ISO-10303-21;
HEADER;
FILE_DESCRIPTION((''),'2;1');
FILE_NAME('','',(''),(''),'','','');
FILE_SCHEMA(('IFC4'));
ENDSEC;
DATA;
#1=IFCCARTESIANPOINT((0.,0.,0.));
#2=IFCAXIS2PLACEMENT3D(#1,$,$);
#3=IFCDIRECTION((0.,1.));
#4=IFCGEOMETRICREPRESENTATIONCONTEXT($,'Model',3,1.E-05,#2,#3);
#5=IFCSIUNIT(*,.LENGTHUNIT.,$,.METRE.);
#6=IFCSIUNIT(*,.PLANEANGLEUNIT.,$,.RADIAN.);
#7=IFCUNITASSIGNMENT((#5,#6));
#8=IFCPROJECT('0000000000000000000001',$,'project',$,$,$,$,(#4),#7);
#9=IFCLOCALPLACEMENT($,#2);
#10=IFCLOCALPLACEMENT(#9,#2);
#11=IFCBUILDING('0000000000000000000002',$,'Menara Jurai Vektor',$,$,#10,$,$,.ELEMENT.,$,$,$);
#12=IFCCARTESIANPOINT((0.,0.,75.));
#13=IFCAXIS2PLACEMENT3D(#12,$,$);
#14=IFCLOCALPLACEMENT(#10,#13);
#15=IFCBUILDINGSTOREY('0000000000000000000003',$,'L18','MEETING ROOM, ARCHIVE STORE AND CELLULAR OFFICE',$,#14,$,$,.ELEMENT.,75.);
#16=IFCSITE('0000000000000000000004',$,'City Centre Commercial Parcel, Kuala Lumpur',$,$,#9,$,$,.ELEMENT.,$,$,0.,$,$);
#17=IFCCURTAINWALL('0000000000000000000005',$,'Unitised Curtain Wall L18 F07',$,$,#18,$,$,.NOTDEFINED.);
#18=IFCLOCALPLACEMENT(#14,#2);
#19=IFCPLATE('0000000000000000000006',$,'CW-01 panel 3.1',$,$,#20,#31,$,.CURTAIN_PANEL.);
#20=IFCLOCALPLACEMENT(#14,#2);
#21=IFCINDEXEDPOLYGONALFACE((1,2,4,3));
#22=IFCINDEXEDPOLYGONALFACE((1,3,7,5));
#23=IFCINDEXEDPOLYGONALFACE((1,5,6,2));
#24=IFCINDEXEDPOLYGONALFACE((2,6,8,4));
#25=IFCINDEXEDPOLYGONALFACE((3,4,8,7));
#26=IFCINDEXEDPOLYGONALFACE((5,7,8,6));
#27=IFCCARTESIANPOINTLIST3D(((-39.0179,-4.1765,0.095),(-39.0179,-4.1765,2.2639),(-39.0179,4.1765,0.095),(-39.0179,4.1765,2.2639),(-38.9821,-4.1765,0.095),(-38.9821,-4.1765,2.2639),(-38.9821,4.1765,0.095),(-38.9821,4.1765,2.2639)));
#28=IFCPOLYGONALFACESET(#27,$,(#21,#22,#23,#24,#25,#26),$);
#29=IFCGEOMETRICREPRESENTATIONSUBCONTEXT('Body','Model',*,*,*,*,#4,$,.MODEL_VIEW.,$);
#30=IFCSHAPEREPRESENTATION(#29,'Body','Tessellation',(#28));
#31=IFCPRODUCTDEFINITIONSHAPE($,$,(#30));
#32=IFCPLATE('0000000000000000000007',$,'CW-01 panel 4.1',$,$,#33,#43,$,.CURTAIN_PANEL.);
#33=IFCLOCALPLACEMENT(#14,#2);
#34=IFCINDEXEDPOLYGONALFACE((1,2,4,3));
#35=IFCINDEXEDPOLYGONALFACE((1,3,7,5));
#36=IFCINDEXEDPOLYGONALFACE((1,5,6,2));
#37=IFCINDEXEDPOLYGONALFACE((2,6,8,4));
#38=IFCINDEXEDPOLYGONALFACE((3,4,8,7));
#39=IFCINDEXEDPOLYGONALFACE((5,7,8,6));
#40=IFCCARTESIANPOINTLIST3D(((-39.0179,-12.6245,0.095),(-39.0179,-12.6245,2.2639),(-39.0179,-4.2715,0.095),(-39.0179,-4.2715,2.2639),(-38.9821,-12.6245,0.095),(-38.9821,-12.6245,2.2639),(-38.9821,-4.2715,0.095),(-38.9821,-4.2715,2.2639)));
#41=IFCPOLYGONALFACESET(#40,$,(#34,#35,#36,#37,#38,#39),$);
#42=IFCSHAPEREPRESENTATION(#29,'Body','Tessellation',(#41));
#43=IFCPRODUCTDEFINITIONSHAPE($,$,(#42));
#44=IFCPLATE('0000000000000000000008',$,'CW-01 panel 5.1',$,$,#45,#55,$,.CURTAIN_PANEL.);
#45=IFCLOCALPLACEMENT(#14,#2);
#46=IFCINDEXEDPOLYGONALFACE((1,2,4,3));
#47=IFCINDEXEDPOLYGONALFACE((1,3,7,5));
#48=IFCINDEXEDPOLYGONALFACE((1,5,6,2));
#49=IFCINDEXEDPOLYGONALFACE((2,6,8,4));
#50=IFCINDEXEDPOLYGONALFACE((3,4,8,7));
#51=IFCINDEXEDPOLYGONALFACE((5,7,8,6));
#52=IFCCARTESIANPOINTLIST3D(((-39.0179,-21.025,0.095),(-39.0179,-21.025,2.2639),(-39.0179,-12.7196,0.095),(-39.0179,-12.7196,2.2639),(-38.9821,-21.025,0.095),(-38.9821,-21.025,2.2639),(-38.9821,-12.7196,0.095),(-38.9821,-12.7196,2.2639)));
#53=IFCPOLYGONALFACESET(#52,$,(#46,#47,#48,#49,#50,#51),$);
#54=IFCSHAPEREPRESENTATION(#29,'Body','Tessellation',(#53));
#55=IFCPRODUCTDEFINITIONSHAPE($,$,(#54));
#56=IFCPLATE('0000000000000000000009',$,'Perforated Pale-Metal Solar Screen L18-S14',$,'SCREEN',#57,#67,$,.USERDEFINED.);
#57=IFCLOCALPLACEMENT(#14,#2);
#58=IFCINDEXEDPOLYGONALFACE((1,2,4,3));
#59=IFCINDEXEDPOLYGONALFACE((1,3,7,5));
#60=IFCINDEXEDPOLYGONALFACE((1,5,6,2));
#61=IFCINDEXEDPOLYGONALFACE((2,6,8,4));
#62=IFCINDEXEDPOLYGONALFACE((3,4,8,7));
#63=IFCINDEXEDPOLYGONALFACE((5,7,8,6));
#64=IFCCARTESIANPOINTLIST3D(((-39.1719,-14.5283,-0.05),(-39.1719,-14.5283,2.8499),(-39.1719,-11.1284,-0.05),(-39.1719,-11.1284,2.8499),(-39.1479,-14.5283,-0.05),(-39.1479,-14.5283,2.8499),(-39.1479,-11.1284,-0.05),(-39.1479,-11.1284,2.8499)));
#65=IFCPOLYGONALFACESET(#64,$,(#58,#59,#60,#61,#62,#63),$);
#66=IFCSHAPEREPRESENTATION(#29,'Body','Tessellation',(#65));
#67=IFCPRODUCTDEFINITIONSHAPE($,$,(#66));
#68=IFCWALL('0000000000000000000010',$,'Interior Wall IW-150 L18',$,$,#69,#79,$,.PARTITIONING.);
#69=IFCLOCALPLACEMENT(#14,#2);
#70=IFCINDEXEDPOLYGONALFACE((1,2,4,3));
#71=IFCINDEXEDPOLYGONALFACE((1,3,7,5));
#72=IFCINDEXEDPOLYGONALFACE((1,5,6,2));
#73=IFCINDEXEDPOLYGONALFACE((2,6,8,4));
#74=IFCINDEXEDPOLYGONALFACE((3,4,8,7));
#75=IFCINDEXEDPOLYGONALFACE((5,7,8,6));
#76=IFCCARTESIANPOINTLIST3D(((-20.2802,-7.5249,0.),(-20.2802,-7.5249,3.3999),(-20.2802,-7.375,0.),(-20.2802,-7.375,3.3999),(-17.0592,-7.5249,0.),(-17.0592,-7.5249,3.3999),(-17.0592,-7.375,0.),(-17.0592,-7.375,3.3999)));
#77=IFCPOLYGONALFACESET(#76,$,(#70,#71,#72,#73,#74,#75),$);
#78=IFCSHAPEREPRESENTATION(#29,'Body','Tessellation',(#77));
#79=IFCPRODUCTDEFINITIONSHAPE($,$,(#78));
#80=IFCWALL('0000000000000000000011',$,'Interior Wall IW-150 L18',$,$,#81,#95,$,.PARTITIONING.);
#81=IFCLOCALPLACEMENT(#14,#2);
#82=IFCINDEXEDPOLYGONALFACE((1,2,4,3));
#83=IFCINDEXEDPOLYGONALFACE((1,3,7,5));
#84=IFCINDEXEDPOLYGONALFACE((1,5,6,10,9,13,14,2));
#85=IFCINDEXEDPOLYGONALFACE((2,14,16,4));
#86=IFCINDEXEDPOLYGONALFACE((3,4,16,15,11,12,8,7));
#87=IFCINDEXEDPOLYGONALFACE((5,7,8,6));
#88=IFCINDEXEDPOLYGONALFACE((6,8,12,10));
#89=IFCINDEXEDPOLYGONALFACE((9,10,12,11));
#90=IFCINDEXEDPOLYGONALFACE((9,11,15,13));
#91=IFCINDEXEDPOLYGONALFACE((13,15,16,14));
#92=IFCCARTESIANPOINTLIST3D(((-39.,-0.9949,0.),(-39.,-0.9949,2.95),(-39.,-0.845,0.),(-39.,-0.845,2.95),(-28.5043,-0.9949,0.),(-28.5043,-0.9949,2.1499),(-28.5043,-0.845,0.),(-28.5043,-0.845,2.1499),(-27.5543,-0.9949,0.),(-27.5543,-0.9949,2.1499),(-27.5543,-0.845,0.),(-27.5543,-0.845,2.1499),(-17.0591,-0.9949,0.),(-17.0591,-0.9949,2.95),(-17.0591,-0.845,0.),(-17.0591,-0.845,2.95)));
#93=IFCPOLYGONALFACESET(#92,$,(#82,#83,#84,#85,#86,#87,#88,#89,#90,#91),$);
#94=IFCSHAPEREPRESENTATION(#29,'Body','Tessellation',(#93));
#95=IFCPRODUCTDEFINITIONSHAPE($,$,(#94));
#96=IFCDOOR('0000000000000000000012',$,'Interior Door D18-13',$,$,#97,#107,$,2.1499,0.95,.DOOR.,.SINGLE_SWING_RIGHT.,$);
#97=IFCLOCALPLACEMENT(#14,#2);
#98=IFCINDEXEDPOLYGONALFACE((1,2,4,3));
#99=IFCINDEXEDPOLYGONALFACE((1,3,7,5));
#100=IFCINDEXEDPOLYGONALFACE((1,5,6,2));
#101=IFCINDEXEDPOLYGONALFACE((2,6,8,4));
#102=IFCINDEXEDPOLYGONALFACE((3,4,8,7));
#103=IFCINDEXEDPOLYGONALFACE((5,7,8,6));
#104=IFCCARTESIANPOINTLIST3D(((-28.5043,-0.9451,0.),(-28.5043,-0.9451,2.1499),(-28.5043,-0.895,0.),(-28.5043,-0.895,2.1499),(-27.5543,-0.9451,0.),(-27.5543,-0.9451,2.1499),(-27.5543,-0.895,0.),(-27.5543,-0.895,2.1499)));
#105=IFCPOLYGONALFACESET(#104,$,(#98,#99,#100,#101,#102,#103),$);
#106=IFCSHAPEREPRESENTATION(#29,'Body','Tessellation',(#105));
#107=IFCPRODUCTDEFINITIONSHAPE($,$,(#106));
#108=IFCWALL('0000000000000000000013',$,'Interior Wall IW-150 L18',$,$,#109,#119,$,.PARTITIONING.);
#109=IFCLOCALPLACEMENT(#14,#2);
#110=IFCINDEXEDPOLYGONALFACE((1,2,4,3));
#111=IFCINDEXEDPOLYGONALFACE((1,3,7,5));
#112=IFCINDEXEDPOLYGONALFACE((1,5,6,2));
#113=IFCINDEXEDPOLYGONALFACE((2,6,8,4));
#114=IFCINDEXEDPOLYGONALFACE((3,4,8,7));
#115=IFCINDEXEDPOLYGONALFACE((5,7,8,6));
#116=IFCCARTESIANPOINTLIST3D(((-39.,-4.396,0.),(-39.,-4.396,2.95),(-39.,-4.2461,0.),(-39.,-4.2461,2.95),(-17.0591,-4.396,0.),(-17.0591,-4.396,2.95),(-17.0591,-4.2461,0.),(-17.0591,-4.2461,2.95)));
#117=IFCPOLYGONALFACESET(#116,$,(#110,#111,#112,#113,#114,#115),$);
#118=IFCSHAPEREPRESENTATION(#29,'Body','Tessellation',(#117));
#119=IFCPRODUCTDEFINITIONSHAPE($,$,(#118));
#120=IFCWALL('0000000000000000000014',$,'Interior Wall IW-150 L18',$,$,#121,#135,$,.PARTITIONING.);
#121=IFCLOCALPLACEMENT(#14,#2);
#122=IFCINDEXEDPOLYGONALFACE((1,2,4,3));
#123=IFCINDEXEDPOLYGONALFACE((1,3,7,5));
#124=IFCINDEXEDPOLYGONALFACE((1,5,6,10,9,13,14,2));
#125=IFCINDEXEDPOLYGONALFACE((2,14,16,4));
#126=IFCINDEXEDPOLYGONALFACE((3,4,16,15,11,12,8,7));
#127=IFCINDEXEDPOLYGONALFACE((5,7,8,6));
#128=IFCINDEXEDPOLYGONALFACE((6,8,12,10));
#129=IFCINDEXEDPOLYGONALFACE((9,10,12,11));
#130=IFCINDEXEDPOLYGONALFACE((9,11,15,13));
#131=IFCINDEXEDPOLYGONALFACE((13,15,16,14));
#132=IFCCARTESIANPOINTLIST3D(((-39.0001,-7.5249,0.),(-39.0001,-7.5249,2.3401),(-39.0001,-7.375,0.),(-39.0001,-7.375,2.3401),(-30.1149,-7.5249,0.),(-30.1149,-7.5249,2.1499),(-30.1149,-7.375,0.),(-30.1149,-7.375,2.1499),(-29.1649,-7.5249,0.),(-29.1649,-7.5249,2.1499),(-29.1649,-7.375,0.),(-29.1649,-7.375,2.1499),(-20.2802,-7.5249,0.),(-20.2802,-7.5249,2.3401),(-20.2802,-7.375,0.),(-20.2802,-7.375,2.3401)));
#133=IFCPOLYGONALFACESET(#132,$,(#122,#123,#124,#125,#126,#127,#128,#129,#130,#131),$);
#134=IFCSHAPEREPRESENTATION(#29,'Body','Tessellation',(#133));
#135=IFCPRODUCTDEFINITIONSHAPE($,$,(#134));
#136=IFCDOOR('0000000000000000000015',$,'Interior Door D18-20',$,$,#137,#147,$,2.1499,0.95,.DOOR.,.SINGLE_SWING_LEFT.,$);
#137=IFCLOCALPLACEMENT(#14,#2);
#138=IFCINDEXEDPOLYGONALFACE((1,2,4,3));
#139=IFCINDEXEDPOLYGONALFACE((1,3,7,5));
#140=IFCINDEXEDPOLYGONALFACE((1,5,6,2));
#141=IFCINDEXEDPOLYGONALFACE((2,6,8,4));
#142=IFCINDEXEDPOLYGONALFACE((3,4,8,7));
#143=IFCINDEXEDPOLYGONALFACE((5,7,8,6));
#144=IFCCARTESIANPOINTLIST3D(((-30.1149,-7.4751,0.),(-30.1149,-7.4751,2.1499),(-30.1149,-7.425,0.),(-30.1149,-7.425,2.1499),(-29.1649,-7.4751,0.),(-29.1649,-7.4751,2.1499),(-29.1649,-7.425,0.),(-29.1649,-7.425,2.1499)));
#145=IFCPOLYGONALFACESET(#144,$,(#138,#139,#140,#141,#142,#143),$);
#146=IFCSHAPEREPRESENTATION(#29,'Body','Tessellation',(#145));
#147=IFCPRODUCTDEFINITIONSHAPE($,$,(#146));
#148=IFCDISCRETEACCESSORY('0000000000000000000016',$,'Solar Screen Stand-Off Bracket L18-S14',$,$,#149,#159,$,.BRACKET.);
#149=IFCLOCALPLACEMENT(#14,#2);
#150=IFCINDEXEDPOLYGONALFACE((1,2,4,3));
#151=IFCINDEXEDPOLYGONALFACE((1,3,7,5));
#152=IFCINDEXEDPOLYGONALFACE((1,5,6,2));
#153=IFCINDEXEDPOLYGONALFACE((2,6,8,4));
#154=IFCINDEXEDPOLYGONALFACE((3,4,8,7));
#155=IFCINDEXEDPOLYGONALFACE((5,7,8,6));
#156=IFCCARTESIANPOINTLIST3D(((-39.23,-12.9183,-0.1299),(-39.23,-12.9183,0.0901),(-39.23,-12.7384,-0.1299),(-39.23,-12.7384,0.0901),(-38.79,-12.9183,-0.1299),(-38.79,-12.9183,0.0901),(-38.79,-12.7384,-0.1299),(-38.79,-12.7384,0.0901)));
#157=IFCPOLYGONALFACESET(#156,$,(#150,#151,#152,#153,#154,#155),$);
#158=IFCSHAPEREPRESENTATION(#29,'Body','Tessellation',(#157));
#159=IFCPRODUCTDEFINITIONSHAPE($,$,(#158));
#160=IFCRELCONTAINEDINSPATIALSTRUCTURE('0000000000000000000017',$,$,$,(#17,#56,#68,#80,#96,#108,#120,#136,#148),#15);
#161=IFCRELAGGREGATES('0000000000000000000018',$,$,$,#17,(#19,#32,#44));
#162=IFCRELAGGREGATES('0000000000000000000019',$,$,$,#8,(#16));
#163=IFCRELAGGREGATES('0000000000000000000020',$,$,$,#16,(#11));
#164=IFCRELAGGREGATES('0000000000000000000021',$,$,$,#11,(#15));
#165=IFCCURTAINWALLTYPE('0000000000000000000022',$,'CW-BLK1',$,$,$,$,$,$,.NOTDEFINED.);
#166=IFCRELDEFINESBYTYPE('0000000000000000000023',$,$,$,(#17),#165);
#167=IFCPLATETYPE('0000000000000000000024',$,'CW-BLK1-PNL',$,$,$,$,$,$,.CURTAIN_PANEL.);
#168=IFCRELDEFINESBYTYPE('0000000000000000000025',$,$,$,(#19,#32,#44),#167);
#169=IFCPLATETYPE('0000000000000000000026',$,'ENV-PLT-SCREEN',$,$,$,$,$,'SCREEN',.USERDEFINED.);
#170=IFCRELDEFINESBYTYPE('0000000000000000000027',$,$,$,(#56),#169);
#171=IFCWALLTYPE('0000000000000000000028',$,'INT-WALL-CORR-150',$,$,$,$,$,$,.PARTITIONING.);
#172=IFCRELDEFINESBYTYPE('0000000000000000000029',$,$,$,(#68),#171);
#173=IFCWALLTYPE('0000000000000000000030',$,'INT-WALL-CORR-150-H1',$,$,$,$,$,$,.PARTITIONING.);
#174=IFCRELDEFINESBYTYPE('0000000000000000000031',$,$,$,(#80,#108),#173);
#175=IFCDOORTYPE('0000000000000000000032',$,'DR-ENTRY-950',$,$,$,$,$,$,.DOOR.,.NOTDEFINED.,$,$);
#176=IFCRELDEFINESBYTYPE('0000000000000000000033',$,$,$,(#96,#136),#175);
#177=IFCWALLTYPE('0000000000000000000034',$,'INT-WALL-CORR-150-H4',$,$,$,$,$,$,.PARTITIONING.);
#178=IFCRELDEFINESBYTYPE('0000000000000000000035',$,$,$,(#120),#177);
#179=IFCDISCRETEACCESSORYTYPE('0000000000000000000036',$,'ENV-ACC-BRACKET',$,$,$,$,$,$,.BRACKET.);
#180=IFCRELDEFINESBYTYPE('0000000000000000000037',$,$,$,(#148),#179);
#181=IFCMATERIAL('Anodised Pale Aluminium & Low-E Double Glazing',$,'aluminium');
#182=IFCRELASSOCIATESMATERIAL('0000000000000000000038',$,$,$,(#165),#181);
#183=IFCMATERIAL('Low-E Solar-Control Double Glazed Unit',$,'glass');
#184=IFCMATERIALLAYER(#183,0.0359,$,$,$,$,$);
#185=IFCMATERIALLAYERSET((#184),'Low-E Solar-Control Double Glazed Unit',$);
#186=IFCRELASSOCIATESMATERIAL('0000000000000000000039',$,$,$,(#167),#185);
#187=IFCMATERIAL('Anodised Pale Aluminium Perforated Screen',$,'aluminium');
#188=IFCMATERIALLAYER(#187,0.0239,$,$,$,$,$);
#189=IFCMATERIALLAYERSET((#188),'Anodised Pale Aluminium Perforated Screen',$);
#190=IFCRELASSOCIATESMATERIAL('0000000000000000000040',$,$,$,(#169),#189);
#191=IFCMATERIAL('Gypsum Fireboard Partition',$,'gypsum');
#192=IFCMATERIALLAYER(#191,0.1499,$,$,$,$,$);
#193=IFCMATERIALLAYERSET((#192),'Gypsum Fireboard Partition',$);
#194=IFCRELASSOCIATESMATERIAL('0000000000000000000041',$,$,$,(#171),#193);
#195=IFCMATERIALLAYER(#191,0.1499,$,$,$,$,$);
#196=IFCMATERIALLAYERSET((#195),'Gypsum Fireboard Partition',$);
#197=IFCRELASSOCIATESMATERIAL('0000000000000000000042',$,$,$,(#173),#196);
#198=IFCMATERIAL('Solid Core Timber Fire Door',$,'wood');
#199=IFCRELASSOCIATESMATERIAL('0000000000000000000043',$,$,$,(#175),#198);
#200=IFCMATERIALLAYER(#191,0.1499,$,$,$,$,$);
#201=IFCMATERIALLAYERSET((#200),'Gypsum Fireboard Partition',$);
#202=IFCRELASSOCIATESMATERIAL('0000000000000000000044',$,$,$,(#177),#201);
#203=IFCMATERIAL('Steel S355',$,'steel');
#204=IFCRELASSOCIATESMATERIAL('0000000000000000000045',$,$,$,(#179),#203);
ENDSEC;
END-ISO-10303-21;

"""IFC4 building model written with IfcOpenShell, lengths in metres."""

from ifc_helpers import new_model, si_unit, direction, frame, frame_2d, origin, origin_2d, place, context, subcontext, project, spatial, rectangle, extrude, material, layer, layer_set, type_object, element, fill, aggregate, save


model = new_model("IFC4")

# Units and contexts
model_context = context("Model", 3, precision=1e-05, world=origin(), true_north=direction((0.0, 1.0)))
body_context = subcontext(model_context, "Body", "Model", "MODEL_VIEW")
ifc_project = project(units=[si_unit("LENGTHUNIT", "METRE"), si_unit("PLANEANGLEUNIT", "RADIAN")], contexts=[model_context])

# Site, building, storey
site_placement = place(None, origin())
site = spatial("IfcSite", under=ifc_project, at=site_placement, Name="City Centre Commercial Parcel, Kuala Lumpur", CompositionType="ELEMENT", RefElevation=0.0)
building_placement = place(site_placement, origin())
building = spatial("IfcBuilding", under=site, at=building_placement, Name="Menara Jurai Vektor", CompositionType="ELEMENT")
storey_placement = place(building_placement, frame((0.0, 0.0, 75.0)))
storey = spatial("IfcBuildingStorey", under=building, at=storey_placement, Name="L18", Description="MEETING ROOM, ARCHIVE STORE AND CELLULAR OFFICE", CompositionType="ELEMENT", Elevation=75.0)

# Curtain wall
ifc_material_1 = material(Name="Anodised Pale Aluminium & Low-E Double Glazing", Category="aluminium")
curtain_wall_type = type_object("IfcCurtainWallType", Name="CW-BLK1", PredefinedType="NOTDEFINED", material=ifc_material_1)
curtain_wall_placement = place(storey_placement, origin())
curtain_wall = element("IfcCurtainWall", 1, at=curtain_wall_placement, inside=storey, type_object=curtain_wall_type, Name="Unitised Curtain Wall L18 F07", PredefinedType="NOTDEFINED")

# Shared definitions
ifc_material_2 = material(Name="Steel S355", Category="steel")

# Plates
ifc_material_3 = material(Name="Low-E Solar-Control Double Glazed Unit", Category="glass")
ifc_layer_1 = layer(ifc_material_3, 0.0359)
ifc_layer_set_1 = layer_set([ifc_layer_1], Name="Low-E Solar-Control Double Glazed Unit")
plate_type_1 = type_object("IfcPlateType", Name="CW-BLK1-PNL", PredefinedType="CURTAIN_PANEL", material=ifc_layer_set_1)
plate_1_placement = place(storey_placement, frame((-39.0, 0.0, 0.095), z_axis=(0.0, 0.0, 1.0), x_axis=(0.0, -1.0, 0.0)))
plate_1 = element("IfcPlate", 2, at=plate_1_placement, type_object=plate_type_1, Name="CW-01 panel 3.1", PredefinedType="CURTAIN_PANEL", context=body_context, shape_type="SweptSolid", body=[
    extrude(rectangle(XDim=8.353, YDim=0.0359, at=origin_2d()), origin(), (0.0, 0.0, 1.0), 2.1689),
])
plate_2_placement = place(storey_placement, frame((-39.0, -8.448, 0.095), z_axis=(0.0, 0.0, 1.0), x_axis=(0.0, -1.0, 0.0)))
plate_2 = element("IfcPlate", 3, at=plate_2_placement, type_object=plate_type_1, Name="CW-01 panel 4.1", PredefinedType="CURTAIN_PANEL", context=body_context, shape_type="SweptSolid", body=[
    extrude(rectangle(XDim=8.353, YDim=0.0359, at=origin_2d()), origin(), (0.0, 0.0, 1.0), 2.1689),
])
plate_3_placement = place(storey_placement, frame((-39.0, -16.8723, 0.095), z_axis=(0.0, 0.0, 1.0), x_axis=(0.0, -1.0, 0.0)))
plate_3 = element("IfcPlate", 4, at=plate_3_placement, type_object=plate_type_1, Name="CW-01 panel 5.1", PredefinedType="CURTAIN_PANEL", context=body_context, shape_type="SweptSolid", body=[
    extrude(rectangle(XDim=8.3054, YDim=0.0359, at=origin_2d()), origin(), (0.0, 0.0, 1.0), 2.1689),
])
aggregate(curtain_wall, [plate_1, plate_2, plate_3])
ifc_material_4 = material(Name="Anodised Pale Aluminium Perforated Screen", Category="aluminium")
ifc_layer_2 = layer(ifc_material_4, 0.0239)
ifc_layer_set_2 = layer_set([ifc_layer_2], Name="Anodised Pale Aluminium Perforated Screen")
plate_type_2 = type_object("IfcPlateType", Name="ENV-PLT-SCREEN", ElementType="SCREEN", PredefinedType="USERDEFINED", material=ifc_layer_set_2)
plate_4_placement = place(storey_placement, frame((-39.1599, -12.8284, -0.05), z_axis=(0.0, 0.0, 1.0), x_axis=(0.0, -1.0, 0.0)))
element("IfcPlate", 5, at=plate_4_placement, inside=storey, type_object=plate_type_2, Name="Perforated Pale-Metal Solar Screen L18-S14", ObjectType="SCREEN", PredefinedType="USERDEFINED", context=body_context, shape_type="SweptSolid", body=[
    extrude(rectangle(XDim=3.3999, YDim=0.0239, at=origin_2d()), origin(), (0.0, 0.0, 1.0), 2.8999),
])

# Wall
ifc_material_5 = material(Name="Gypsum Fireboard Partition", Category="gypsum")
ifc_layer_3 = layer(ifc_material_5, 0.1499)
ifc_layer_set_3 = layer_set([ifc_layer_3], Name="Gypsum Fireboard Partition")
wall_type_1 = type_object("IfcWallType", Name="INT-WALL-CORR-150", PredefinedType="PARTITIONING", material=ifc_layer_set_3)
wall_1_placement = place(storey_placement, frame((-20.28, -7.45, 0.0), z_axis=(0.0, 0.0, 1.0), x_axis=(1.0, 0.0, 0.0)))
element("IfcWall", 6, at=wall_1_placement, inside=storey, type_object=wall_type_1, Name="Interior Wall IW-150 L18", PredefinedType="PARTITIONING", context=body_context, shape_type="SweptSolid", body=[
    extrude(rectangle(XDim=3.2209, YDim=0.1499, at=frame_2d((1.6104, 0.0))), origin(), (0.0, 0.0, 1.0), 3.3999),
])

# Wall, opening, door
ifc_layer_4 = layer(ifc_material_5, 0.1499)
ifc_layer_set_4 = layer_set([ifc_layer_4], Name="Gypsum Fireboard Partition")
wall_type_2 = type_object("IfcWallType", Name="INT-WALL-CORR-150-H1", PredefinedType="PARTITIONING", material=ifc_layer_set_4)
wall_2_placement = place(storey_placement, frame((-39.0, -0.9199, 0.0), z_axis=(0.0, 0.0, 1.0), x_axis=(1.0, 0.0, 0.0)))
wall_2 = element("IfcWall", 7, at=wall_2_placement, inside=storey, type_object=wall_type_2, Name="Interior Wall IW-150 L18", PredefinedType="PARTITIONING", context=body_context, shape_type="SweptSolid", body=[
    extrude(rectangle(XDim=21.9409, YDim=0.1499, at=frame_2d((10.9705, 0.0))), origin(), (0.0, 0.0, 1.0), 2.95),
])
opening_1_placement = place(wall_2_placement, frame((10.4956, 0.0, 0.0)))
opening_1 = element("IfcOpeningElement", 8, at=opening_1_placement, cuts=wall_2, PredefinedType="OPENING", context=body_context, shape_type="SweptSolid", body=[
    extrude(rectangle(XDim=0.95, YDim=2.1499, at=frame_2d((0.4751, 1.075))), frame((0.0, 0.085, 0.0), z_axis=(0.0, -1.0, 0.0), x_axis=(1.0, 0.0, 0.0)), (0.0, 0.0, 1.0), 0.1699),
])
ifc_material_6 = material(Name="Solid Core Timber Fire Door", Category="wood")
door_type = type_object("IfcDoorType", Name="DR-ENTRY-950", OperationType="NOTDEFINED", PredefinedType="DOOR", material=ifc_material_6)
door_1_placement = place(opening_1_placement, origin())
door_1 = element("IfcDoor", 9, at=door_1_placement, inside=storey, type_object=door_type, Name="Interior Door D18-13", OperationType="SINGLE_SWING_RIGHT", OverallHeight=2.1499, OverallWidth=0.95, PredefinedType="DOOR", context=body_context, shape_type="SweptSolid", body=[
    extrude(rectangle(XDim=0.95, YDim=2.1499, at=frame_2d((0.4751, 1.075))), frame((0.0, 0.0249, 0.0), z_axis=(0.0, -1.0, 0.0), x_axis=(1.0, 0.0, 0.0)), (0.0, 0.0, 1.0), 0.05),
])
fill(opening_1, door_1)

# Wall
wall_3_placement = place(storey_placement, frame((-39.0, -4.321, 0.0), z_axis=(0.0, 0.0, 1.0), x_axis=(1.0, 0.0, 0.0)))
element("IfcWall", 10, at=wall_3_placement, inside=storey, type_object=wall_type_2, Name="Interior Wall IW-150 L18", PredefinedType="PARTITIONING", context=body_context, shape_type="SweptSolid", body=[
    extrude(rectangle(XDim=21.9409, YDim=0.1499, at=frame_2d((10.9705, 0.0))), origin(), (0.0, 0.0, 1.0), 2.95),
])

# Wall, opening, door
ifc_layer_5 = layer(ifc_material_5, 0.1499)
ifc_layer_set_5 = layer_set([ifc_layer_5], Name="Gypsum Fireboard Partition")
wall_type_3 = type_object("IfcWallType", Name="INT-WALL-CORR-150-H4", PredefinedType="PARTITIONING", material=ifc_layer_set_5)
wall_4_placement = place(storey_placement, frame((-39.0, -7.45, 0.0), z_axis=(0.0, 0.0, 1.0), x_axis=(1.0, 0.0, 0.0)))
wall_4 = element("IfcWall", 11, at=wall_4_placement, inside=storey, type_object=wall_type_3, Name="Interior Wall IW-150 L18", PredefinedType="PARTITIONING", context=body_context, shape_type="SweptSolid", body=[
    extrude(rectangle(XDim=18.72, YDim=0.1499, at=frame_2d((9.3599, 0.0))), origin(), (0.0, 0.0, 1.0), 2.3401),
])
opening_2_placement = place(wall_4_placement, frame((8.885, 0.0, 0.0)))
opening_2 = element("IfcOpeningElement", 12, at=opening_2_placement, cuts=wall_4, PredefinedType="OPENING", context=body_context, shape_type="SweptSolid", body=[
    extrude(rectangle(XDim=0.95, YDim=2.1499, at=frame_2d((0.4751, 1.075))), frame((0.0, 0.085, 0.0), z_axis=(0.0, -1.0, 0.0), x_axis=(1.0, 0.0, 0.0)), (0.0, 0.0, 1.0), 0.1699),
])
door_2_placement = place(opening_2_placement, origin())
door_2 = element("IfcDoor", 13, at=door_2_placement, inside=storey, type_object=door_type, Name="Interior Door D18-20", OperationType="SINGLE_SWING_LEFT", OverallHeight=2.1499, OverallWidth=0.95, PredefinedType="DOOR", context=body_context, shape_type="SweptSolid", body=[
    extrude(rectangle(XDim=0.95, YDim=2.1499, at=frame_2d((0.4751, 1.075))), frame((0.0, 0.0249, 0.0), z_axis=(0.0, -1.0, 0.0), x_axis=(1.0, 0.0, 0.0)), (0.0, 0.0, 1.0), 0.05),
])
fill(opening_2, door_2)

# Discrete accessory
discrete_accessory_type = type_object("IfcDiscreteAccessoryType", Name="ENV-ACC-BRACKET", PredefinedType="BRACKET", material=ifc_material_2)
discrete_accessory_placement = place(storey_placement, frame((-39.01, -12.8284, -0.1299), z_axis=(0.0, 0.0, 1.0), x_axis=(0.0, -1.0, 0.0)))
element("IfcDiscreteAccessory", 14, at=discrete_accessory_placement, inside=storey, type_object=discrete_accessory_type, Name="Solar Screen Stand-Off Bracket L18-S14", PredefinedType="BRACKET", context=body_context, shape_type="SweptSolid", body=[
    extrude(rectangle(XDim=0.1799, YDim=0.4399, at=origin_2d()), origin(), (0.0, 0.0, 1.0), 0.22),
])

save(model, "model.ifc")
